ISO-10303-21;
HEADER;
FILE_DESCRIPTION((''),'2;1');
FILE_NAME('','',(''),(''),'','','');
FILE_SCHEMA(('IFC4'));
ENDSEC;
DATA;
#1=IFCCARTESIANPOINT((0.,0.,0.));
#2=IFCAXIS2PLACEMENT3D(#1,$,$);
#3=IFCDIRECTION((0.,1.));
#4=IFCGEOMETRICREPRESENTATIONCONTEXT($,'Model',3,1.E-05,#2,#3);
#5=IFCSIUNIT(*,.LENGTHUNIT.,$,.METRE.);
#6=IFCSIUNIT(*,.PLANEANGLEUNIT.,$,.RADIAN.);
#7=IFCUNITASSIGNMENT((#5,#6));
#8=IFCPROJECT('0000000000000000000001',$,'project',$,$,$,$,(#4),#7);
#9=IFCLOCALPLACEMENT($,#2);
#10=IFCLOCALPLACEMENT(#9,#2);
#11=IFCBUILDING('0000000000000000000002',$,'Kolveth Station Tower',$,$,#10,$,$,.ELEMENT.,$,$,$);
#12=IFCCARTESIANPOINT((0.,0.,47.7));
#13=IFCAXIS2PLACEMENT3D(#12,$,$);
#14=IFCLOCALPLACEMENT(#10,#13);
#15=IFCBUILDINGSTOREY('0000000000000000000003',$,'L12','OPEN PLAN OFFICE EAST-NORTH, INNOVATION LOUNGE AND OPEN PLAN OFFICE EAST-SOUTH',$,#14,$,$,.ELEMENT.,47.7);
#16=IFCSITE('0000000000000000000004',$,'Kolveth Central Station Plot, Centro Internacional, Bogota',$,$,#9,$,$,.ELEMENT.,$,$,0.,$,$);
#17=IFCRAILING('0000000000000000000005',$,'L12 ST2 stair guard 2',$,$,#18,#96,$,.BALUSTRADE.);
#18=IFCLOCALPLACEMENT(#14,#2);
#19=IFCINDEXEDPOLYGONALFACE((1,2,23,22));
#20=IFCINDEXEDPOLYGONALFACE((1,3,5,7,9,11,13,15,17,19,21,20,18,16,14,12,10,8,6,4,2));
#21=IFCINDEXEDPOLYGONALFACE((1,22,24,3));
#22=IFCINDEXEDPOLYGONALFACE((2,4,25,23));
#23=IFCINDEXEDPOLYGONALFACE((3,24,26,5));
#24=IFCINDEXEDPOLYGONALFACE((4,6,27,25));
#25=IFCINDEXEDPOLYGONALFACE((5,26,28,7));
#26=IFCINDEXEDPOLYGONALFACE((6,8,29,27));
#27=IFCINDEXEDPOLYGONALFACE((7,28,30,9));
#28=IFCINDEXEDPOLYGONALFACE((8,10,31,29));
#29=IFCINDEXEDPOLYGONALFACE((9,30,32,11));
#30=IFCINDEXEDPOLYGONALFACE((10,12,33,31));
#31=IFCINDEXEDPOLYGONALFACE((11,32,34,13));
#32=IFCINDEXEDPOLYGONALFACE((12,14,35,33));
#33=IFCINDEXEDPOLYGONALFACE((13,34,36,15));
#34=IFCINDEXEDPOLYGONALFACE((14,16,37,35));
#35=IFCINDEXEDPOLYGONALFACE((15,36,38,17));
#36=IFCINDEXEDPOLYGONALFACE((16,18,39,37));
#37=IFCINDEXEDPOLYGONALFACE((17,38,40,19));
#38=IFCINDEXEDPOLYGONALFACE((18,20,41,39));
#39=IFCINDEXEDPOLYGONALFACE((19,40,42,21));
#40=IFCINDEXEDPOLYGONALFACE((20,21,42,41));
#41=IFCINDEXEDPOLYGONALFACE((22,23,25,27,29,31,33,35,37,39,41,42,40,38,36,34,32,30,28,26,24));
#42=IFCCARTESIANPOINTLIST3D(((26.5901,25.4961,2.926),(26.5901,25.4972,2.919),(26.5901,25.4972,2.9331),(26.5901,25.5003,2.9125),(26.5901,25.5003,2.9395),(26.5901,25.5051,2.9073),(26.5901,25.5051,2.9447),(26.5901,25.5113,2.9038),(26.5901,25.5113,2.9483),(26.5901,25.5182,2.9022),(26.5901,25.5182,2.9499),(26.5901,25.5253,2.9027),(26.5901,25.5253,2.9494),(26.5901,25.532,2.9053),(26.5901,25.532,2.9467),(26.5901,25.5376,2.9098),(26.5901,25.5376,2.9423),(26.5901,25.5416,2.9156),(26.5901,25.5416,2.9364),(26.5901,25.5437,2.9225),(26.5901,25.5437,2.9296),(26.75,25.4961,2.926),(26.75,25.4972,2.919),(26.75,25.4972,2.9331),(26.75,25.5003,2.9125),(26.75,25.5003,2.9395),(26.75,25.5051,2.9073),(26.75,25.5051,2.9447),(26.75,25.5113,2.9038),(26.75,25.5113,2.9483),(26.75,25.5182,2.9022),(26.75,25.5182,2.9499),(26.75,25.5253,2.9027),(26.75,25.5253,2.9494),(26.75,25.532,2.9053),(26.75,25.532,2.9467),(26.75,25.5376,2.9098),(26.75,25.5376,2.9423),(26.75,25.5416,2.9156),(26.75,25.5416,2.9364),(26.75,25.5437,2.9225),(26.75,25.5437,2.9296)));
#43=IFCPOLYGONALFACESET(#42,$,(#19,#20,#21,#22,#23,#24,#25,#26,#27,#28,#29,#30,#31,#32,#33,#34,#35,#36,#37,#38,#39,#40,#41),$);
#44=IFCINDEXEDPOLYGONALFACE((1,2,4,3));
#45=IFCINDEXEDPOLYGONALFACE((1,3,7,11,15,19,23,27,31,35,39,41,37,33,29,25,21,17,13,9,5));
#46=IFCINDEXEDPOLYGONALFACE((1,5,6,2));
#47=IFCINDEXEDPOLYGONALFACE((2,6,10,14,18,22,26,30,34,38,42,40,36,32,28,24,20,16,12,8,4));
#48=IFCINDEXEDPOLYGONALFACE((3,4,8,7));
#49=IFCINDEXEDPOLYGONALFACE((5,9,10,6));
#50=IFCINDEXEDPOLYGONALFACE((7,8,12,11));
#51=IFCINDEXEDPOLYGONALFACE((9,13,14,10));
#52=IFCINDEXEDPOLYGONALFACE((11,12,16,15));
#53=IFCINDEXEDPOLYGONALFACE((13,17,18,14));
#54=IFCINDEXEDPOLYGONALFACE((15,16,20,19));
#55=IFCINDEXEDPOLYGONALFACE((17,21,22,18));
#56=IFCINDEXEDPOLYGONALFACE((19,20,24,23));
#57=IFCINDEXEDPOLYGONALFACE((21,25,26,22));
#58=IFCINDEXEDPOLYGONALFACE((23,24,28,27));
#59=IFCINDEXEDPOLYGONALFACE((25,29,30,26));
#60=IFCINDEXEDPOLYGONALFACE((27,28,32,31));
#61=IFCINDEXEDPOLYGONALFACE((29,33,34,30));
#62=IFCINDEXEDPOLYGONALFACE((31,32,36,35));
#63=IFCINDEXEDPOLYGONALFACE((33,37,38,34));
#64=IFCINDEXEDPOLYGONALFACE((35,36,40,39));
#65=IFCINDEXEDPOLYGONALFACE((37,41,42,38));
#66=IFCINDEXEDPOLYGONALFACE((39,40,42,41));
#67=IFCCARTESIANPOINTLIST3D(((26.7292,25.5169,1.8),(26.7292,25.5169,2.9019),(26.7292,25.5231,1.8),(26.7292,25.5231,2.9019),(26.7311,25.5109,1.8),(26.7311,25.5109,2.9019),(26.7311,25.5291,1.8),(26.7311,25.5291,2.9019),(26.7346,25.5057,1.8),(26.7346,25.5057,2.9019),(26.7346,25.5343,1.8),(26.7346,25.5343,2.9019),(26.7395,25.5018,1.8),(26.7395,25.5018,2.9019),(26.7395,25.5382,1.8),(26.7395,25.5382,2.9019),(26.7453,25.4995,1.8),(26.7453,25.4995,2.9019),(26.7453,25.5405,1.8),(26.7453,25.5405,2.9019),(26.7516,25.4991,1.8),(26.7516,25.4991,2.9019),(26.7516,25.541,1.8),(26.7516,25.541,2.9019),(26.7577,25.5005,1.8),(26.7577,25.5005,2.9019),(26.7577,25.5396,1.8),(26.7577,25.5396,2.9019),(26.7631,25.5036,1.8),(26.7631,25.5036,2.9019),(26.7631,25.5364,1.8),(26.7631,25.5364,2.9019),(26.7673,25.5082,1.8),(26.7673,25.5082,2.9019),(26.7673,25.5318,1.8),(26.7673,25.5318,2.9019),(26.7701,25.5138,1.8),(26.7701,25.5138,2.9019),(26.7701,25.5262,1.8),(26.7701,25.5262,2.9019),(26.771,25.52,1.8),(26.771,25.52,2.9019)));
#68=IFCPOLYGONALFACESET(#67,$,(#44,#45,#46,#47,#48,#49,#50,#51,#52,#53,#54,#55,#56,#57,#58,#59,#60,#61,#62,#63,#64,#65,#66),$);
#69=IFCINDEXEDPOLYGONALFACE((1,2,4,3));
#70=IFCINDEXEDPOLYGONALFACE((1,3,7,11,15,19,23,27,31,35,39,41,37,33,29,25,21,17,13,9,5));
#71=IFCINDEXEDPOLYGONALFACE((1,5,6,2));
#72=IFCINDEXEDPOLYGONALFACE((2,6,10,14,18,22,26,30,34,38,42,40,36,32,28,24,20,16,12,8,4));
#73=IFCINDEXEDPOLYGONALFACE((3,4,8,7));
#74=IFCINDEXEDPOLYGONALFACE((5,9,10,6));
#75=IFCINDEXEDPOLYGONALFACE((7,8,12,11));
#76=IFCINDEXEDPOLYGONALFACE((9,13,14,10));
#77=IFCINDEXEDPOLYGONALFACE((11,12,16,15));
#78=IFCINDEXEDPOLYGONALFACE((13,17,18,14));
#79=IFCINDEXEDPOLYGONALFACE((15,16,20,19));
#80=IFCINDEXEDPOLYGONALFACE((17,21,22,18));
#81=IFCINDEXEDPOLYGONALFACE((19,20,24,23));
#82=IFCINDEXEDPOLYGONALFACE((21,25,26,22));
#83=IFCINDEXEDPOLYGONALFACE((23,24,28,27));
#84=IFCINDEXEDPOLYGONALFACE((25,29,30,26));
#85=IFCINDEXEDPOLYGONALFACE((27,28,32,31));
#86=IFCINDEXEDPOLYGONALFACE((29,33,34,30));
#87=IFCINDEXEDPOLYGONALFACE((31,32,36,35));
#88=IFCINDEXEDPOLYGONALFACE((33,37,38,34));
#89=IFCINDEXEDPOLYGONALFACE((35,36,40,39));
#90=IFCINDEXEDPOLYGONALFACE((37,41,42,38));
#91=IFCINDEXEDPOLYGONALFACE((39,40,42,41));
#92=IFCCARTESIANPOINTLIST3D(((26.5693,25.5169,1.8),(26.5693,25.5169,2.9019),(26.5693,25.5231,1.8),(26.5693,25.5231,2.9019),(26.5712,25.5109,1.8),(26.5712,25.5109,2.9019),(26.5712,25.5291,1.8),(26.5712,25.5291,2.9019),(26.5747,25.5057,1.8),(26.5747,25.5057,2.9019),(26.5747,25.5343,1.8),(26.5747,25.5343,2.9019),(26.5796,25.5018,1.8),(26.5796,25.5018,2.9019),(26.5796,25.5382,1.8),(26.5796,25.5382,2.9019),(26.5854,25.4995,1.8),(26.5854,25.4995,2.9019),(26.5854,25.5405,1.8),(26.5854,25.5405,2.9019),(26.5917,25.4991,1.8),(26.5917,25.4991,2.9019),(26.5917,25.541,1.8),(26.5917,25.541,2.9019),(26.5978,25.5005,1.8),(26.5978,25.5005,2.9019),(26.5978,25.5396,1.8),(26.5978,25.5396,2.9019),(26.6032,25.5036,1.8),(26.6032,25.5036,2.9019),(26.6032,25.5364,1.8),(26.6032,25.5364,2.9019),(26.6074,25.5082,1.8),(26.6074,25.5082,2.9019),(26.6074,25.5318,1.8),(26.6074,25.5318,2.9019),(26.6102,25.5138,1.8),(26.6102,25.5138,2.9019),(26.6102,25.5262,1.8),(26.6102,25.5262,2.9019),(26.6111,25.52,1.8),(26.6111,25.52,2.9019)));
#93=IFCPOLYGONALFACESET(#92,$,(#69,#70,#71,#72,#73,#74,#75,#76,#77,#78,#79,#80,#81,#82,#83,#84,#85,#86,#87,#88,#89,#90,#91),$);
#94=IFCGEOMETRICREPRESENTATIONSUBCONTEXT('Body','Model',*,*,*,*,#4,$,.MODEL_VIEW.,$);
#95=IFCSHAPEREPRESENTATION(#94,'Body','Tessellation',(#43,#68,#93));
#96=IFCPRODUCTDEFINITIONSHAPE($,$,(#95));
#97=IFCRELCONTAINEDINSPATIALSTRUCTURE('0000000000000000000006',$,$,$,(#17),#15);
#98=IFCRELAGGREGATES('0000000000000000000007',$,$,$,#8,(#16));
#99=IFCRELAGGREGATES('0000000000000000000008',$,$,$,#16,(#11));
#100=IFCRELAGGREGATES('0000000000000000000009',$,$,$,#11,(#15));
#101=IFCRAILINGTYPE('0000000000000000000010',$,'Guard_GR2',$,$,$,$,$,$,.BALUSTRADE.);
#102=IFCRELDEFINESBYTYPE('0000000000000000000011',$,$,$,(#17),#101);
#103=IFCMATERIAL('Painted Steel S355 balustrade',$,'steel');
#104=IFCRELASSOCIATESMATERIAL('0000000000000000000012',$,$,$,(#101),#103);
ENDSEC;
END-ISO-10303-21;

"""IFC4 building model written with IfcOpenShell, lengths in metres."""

from ifc_helpers import new_model, si_unit, direction, frame, origin, origin_2d, place, context, subcontext, project, spatial, circle, extrude, material, type_object, element, save


model = new_model("IFC4")

# Units and contexts
model_context = context("Model", 3, precision=1e-05, world=origin(), true_north=direction((0.0, 1.0)))
body_context = subcontext(model_context, "Body", "Model", "MODEL_VIEW")
ifc_project = project(units=[si_unit("LENGTHUNIT", "METRE"), si_unit("PLANEANGLEUNIT", "RADIAN")], contexts=[model_context])

# Site, building, storey
site_placement = place(None, origin())
site = spatial("IfcSite", under=ifc_project, at=site_placement, Name="Kolveth Central Station Plot, Centro Internacional, Bogota", CompositionType="ELEMENT", RefElevation=0.0)
building_placement = place(site_placement, origin())
building = spatial("IfcBuilding", under=site, at=building_placement, Name="Kolveth Station Tower", CompositionType="ELEMENT")
storey_placement = place(building_placement, frame((0.0, 0.0, 47.7)))
storey = spatial("IfcBuildingStorey", under=building, at=storey_placement, Name="L12", Description="OPEN PLAN OFFICE EAST-NORTH, INNOVATION LOUNGE AND OPEN PLAN OFFICE EAST-SOUTH", CompositionType="ELEMENT", Elevation=47.7)

# Railing
ifc_material_1 = material(Name="Painted Steel S355 balustrade", Category="steel")
railing_type_1 = type_object("IfcRailingType", Name="Guard_GR2", PredefinedType="BALUSTRADE", material=ifc_material_1)
railing_1_placement = place(storey_placement, frame((26.75, 25.52, 1.8)))
element("IfcRailing", 1, at=railing_1_placement, inside=storey, type_object=railing_type_1, Name="L12 ST2 stair guard 2", PredefinedType="BALUSTRADE", context=body_context, shape_type="SweptSolid", body=[
    extrude(circle(Radius=0.0239, at=origin_2d()), frame((0.0, 0.0, 1.126), z_axis=(-1.0, 0.0, 0.0), x_axis=(0.0, -1.0, 0.0)), (0.0, 0.0, 1.0), 0.1599),
    extrude(circle(Radius=0.021, at=origin_2d()), origin(), (0.0, 0.0, 1.0), 1.1018),
    extrude(circle(Radius=0.021, at=origin_2d()), frame((-0.1599, 0.0, 0.0)), (0.0, 0.0, 1.0), 1.1018),
])

save(model, "model.ifc")
